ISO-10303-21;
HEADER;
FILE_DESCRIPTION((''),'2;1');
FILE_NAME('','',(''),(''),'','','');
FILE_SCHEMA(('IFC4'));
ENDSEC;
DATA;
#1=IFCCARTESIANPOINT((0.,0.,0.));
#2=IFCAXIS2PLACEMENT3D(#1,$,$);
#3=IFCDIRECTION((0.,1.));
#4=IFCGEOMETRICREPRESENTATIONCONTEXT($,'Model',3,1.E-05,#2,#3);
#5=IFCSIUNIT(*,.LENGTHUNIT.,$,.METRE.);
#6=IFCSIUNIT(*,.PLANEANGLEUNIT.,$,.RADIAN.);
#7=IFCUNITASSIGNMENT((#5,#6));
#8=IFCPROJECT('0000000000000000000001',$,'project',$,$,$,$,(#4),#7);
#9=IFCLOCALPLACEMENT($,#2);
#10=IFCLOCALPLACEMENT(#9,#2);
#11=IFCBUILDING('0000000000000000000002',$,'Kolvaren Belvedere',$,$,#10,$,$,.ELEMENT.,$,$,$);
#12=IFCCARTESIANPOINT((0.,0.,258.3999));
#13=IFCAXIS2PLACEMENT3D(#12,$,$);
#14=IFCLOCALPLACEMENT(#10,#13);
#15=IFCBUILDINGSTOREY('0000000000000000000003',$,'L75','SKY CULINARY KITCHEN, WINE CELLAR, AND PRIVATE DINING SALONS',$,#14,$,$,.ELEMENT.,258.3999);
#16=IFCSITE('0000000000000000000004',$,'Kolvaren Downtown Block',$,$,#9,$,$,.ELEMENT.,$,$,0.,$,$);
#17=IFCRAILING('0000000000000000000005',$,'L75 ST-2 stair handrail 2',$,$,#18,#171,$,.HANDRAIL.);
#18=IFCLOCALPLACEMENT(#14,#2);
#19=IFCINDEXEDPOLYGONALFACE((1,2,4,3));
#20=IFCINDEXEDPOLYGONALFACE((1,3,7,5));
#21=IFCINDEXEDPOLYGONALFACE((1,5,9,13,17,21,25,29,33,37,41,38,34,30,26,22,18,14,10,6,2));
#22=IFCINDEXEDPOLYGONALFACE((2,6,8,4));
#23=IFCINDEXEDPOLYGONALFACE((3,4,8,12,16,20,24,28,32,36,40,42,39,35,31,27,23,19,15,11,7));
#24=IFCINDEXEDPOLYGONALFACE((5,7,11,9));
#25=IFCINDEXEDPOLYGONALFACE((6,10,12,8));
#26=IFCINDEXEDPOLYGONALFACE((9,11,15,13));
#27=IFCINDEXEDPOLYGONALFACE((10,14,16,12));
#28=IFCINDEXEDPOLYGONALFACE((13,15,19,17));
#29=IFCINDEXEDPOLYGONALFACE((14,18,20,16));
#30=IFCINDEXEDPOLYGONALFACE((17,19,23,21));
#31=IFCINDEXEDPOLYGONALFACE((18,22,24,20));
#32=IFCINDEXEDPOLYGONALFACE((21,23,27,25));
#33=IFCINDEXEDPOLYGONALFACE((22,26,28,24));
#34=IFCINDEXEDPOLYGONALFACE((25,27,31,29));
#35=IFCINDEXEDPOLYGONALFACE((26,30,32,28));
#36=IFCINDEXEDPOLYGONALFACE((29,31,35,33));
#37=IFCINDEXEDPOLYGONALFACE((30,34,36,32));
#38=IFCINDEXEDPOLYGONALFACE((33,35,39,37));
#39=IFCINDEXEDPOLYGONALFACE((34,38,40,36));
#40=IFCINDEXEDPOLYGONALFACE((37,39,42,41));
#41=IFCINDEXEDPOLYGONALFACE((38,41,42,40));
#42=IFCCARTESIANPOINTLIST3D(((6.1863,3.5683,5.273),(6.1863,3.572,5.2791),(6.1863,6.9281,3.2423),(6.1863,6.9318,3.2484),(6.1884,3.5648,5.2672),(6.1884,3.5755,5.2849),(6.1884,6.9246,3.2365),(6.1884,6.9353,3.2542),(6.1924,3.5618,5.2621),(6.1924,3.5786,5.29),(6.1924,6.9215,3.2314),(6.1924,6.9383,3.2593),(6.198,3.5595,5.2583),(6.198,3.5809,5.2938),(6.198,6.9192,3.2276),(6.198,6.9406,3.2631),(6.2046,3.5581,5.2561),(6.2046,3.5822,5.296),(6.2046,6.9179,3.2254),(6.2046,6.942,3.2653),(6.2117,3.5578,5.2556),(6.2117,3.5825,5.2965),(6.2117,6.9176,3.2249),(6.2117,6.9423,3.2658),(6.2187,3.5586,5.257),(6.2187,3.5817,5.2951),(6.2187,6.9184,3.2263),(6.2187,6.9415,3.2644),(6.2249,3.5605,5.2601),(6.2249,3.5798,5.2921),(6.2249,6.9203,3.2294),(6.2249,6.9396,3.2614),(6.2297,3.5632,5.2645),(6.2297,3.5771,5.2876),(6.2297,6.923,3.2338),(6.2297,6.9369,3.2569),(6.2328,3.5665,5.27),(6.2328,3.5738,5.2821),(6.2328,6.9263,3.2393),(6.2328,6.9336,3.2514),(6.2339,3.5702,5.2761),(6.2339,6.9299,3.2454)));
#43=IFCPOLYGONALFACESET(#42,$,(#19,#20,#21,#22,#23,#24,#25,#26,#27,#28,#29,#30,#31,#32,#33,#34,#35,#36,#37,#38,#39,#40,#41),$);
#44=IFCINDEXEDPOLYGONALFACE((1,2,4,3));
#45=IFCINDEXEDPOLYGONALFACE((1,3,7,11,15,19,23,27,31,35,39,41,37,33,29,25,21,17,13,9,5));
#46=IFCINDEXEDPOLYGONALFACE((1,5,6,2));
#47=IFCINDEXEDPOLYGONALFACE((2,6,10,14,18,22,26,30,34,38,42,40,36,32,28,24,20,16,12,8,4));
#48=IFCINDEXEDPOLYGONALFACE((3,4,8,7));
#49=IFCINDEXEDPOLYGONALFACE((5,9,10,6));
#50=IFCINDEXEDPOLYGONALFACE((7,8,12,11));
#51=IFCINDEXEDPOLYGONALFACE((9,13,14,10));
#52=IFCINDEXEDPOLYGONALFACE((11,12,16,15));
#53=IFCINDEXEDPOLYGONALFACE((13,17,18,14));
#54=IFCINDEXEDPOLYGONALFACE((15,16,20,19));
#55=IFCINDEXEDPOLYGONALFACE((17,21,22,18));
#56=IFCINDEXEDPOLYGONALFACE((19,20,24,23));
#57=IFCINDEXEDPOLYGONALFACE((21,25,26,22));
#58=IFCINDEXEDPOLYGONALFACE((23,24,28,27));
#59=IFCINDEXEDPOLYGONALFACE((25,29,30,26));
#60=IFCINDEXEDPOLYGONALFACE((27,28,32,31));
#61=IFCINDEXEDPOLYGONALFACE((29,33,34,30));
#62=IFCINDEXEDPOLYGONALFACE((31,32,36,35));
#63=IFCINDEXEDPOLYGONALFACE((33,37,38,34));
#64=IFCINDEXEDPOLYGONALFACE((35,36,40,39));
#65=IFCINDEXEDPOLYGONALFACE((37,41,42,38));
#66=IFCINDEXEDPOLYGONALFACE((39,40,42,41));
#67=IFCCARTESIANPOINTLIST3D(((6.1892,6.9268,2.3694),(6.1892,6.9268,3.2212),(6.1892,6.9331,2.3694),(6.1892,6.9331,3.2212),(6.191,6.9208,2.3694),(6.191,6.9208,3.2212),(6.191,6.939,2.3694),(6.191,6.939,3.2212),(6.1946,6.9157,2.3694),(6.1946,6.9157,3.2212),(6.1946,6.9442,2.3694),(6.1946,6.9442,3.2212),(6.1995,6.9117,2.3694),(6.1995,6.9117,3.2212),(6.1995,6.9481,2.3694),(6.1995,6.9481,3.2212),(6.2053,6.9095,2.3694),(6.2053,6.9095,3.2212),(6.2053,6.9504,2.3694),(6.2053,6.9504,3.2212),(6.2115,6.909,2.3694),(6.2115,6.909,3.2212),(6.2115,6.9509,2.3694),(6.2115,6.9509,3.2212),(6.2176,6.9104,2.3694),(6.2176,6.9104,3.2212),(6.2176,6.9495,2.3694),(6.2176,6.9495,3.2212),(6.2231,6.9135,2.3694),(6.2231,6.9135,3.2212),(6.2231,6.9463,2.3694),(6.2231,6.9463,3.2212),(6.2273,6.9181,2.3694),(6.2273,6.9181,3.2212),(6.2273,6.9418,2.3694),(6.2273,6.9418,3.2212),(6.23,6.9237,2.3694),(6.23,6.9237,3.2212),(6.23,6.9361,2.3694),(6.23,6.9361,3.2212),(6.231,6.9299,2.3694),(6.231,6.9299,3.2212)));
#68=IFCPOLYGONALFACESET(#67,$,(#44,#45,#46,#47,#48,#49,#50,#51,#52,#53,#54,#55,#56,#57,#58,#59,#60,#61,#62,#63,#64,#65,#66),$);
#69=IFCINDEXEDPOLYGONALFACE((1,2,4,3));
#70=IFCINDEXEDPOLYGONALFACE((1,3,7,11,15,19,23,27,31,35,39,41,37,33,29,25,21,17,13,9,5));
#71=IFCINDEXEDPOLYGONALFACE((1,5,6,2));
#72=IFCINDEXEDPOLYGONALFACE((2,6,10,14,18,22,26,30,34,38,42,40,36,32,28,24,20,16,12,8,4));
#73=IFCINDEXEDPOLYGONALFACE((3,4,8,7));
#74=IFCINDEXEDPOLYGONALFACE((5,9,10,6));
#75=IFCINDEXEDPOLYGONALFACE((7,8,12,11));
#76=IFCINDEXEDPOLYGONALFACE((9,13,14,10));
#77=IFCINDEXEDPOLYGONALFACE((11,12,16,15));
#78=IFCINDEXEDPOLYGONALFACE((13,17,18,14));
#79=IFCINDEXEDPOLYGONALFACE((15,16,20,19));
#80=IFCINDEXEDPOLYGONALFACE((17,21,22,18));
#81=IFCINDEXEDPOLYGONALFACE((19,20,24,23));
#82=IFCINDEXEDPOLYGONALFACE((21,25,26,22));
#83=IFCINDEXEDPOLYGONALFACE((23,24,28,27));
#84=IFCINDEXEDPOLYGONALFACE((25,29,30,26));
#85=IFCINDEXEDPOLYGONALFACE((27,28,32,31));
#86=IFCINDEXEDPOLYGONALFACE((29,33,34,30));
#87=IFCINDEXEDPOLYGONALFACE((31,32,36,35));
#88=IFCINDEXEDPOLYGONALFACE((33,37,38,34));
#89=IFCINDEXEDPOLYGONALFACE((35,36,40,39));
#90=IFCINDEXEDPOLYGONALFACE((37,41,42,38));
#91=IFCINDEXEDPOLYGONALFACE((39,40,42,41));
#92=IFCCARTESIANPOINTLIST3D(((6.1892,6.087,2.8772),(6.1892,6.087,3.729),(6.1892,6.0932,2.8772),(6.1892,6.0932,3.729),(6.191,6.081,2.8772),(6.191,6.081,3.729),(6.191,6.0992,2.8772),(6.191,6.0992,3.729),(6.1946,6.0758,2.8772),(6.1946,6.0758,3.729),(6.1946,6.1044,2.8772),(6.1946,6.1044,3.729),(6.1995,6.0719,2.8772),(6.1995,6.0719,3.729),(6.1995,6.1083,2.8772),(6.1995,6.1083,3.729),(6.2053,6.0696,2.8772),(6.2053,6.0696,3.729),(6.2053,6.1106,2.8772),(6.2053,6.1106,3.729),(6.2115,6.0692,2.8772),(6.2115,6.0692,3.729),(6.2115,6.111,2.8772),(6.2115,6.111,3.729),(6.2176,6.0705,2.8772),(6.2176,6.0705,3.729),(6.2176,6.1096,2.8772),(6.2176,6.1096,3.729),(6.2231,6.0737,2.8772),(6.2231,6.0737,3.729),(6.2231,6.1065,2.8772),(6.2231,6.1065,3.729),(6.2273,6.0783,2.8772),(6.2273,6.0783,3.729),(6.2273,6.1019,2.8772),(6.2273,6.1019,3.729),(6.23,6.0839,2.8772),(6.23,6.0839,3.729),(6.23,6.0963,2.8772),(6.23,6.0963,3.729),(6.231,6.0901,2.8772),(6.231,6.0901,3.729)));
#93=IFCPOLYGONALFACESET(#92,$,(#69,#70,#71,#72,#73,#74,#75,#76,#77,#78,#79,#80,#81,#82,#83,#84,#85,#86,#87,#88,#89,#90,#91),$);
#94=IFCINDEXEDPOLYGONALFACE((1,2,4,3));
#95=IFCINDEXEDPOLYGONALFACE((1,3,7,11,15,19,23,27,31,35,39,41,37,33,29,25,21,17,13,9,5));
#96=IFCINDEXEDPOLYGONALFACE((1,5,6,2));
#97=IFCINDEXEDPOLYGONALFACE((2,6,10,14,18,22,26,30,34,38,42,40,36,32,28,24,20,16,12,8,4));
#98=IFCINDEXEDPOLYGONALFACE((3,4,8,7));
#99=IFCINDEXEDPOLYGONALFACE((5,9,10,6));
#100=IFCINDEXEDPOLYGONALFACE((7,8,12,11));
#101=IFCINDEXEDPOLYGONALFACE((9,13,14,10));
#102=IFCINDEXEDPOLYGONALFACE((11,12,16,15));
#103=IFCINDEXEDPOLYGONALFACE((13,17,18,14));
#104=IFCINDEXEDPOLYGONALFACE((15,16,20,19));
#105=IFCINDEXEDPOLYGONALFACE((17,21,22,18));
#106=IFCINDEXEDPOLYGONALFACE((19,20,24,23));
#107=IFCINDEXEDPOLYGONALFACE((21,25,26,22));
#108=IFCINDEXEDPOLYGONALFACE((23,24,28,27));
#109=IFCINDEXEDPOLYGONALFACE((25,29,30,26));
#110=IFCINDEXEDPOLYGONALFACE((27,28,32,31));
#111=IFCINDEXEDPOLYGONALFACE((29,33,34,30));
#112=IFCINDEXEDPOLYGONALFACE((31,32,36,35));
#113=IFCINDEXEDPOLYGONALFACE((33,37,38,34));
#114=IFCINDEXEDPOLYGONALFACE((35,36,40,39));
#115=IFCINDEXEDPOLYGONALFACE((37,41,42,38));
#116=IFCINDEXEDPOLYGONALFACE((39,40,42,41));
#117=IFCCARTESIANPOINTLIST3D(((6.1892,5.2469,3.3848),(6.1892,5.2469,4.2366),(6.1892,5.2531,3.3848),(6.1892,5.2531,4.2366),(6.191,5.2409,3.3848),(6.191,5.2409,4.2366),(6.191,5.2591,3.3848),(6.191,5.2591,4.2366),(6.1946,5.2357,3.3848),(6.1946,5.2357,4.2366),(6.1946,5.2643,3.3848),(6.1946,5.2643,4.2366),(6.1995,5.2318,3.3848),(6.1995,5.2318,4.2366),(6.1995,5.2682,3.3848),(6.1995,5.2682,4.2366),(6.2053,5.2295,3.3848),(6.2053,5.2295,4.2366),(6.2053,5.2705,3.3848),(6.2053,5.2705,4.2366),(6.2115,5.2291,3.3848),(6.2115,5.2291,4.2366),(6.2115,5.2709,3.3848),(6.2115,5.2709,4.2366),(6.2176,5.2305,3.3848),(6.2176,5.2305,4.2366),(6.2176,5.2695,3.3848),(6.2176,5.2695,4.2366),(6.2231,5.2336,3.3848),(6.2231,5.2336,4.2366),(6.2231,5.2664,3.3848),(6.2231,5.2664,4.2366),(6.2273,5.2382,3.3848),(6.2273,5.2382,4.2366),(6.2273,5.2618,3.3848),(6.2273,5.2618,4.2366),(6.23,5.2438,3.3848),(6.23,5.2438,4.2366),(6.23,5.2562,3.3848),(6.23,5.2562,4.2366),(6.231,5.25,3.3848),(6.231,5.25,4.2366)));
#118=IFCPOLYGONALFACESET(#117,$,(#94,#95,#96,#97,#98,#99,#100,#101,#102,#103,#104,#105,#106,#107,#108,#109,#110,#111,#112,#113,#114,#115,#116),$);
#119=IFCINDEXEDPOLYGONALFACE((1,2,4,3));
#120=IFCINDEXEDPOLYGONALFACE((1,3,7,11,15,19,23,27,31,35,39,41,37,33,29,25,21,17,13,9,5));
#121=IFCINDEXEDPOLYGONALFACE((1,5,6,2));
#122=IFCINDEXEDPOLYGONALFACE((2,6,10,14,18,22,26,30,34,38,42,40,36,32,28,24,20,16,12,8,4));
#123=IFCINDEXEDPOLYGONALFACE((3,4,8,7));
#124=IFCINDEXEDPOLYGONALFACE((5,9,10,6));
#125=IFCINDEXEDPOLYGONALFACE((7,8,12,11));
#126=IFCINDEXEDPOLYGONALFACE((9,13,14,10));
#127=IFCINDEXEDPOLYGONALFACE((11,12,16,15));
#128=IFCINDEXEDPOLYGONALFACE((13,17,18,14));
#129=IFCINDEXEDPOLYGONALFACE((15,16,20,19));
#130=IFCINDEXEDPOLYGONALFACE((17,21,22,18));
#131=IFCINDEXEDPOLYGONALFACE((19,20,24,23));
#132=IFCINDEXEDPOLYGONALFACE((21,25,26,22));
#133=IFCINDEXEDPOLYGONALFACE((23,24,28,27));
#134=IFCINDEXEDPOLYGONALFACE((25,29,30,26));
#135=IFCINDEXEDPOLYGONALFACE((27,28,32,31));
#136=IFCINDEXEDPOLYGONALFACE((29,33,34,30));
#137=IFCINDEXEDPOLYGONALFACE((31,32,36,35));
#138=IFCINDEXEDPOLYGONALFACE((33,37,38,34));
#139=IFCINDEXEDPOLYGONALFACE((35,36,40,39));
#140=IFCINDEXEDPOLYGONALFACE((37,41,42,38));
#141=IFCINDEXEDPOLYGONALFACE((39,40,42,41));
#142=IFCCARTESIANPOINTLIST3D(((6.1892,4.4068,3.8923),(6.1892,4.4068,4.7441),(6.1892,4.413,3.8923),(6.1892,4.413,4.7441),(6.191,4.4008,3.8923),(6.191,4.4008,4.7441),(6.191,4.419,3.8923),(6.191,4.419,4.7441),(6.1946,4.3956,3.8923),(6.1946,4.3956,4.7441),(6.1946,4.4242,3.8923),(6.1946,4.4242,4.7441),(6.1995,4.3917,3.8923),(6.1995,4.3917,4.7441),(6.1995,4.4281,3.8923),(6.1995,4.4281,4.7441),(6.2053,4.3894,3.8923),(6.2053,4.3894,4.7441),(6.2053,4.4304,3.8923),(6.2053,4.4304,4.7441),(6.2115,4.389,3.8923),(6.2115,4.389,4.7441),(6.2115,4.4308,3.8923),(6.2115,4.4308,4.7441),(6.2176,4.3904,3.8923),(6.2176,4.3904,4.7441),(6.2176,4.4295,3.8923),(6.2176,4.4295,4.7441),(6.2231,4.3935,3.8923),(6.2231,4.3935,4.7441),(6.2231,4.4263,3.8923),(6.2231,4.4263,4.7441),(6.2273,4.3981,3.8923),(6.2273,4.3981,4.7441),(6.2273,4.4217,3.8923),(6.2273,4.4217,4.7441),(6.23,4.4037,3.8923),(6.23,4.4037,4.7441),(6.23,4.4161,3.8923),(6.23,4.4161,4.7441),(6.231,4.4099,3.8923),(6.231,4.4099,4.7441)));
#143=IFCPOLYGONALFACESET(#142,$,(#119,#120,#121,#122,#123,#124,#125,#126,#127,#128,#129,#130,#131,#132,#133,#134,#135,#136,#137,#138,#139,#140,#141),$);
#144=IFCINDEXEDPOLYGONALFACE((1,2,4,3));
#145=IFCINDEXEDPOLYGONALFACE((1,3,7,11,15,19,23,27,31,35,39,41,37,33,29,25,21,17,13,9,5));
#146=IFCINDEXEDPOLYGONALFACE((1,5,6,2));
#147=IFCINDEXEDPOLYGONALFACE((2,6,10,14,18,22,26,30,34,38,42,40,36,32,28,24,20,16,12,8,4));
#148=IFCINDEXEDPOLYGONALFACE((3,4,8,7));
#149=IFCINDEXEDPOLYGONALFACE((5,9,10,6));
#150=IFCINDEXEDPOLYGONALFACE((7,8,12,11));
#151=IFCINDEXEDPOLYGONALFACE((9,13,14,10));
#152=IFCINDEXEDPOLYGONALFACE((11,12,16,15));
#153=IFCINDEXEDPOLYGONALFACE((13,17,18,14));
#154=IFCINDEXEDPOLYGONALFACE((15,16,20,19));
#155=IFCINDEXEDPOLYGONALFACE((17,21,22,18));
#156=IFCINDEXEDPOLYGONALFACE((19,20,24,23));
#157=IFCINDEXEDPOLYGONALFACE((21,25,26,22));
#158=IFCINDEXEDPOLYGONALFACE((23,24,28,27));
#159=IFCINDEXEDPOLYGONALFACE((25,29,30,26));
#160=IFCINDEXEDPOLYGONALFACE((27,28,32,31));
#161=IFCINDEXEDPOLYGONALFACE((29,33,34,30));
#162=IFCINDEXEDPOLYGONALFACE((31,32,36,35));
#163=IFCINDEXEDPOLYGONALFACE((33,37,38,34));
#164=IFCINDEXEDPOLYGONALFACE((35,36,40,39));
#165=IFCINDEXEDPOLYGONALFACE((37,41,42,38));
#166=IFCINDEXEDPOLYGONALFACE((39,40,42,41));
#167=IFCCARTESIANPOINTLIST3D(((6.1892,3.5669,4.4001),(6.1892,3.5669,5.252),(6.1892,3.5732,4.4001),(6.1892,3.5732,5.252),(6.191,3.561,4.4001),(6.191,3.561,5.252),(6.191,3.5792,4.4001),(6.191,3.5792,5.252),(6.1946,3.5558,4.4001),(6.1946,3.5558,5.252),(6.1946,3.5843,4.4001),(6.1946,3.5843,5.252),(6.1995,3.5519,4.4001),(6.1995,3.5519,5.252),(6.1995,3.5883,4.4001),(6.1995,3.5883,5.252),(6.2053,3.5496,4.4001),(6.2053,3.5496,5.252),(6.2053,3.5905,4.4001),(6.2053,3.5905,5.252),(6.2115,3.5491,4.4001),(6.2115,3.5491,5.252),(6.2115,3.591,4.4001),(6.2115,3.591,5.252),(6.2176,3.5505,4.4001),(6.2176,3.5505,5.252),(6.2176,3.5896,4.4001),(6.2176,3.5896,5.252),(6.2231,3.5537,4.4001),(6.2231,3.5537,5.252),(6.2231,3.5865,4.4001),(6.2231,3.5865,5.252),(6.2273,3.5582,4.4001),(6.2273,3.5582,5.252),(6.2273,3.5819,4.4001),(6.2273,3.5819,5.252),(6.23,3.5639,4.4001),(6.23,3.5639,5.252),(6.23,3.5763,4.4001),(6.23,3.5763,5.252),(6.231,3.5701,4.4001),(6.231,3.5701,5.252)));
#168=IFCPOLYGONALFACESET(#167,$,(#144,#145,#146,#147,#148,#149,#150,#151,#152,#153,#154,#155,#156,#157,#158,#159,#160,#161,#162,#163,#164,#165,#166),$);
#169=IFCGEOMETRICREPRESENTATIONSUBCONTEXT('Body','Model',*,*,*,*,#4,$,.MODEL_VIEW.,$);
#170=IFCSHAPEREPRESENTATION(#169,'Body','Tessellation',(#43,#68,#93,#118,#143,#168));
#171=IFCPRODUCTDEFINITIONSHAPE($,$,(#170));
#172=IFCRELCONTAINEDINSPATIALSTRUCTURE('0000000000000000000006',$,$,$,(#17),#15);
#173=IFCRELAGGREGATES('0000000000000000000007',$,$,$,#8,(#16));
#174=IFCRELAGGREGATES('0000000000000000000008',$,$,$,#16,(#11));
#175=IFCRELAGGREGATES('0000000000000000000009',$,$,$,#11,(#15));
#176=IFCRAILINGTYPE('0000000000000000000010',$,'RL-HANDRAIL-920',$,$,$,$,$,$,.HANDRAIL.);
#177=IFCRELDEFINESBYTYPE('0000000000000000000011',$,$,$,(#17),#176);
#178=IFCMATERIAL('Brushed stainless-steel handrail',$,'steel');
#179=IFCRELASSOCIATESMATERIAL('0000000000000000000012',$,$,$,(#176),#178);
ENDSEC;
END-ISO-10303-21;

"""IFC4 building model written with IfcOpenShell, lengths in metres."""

from ifc_helpers import new_model, si_unit, direction, frame, origin, origin_2d, place, context, subcontext, project, spatial, circle, extrude, material, type_object, element, save


model = new_model("IFC4")

# Units and contexts
model_context = context("Model", 3, precision=1e-05, world=origin(), true_north=direction((0.0, 1.0)))
body_context = subcontext(model_context, "Body", "Model", "MODEL_VIEW")
ifc_project = project(units=[si_unit("LENGTHUNIT", "METRE"), si_unit("PLANEANGLEUNIT", "RADIAN")], contexts=[model_context])

# Site, building, storey
site_placement = place(None, origin())
site = spatial("IfcSite", under=ifc_project, at=site_placement, Name="Kolvaren Downtown Block", CompositionType="ELEMENT", RefElevation=0.0)
building_placement = place(site_placement, origin())
building = spatial("IfcBuilding", under=site, at=building_placement, Name="Kolvaren Belvedere", CompositionType="ELEMENT")
storey_placement = place(building_placement, frame((0.0, 0.0, 258.3999)))
storey = spatial("IfcBuildingStorey", under=building, at=storey_placement, Name="L75", Description="SKY CULINARY KITCHEN, WINE CELLAR, AND PRIVATE DINING SALONS", CompositionType="ELEMENT", Elevation=258.3999)

# Railing
ifc_material_1 = material(Name="Brushed stainless-steel handrail", Category="steel")
railing_type_1 = type_object("IfcRailingType", Name="RL-HANDRAIL-920", PredefinedType="HANDRAIL", material=ifc_material_1)
railing_1_placement = place(storey_placement, frame((6.21, 6.9299, 2.3694)))
element("IfcRailing", 1, at=railing_1_placement, inside=storey, type_object=railing_type_1, Name="L75 ST-2 stair handrail 2", PredefinedType="HANDRAIL", context=body_context, shape_type="SweptSolid", body=[
    extrude(circle(Radius=0.0239, at=origin_2d()), frame((0.0, 0.0, 0.876), z_axis=(0.0, -0.85582, 0.517273), x_axis=(1.0, 0.0, 0.0)), (0.0, 0.0, 1.0), 3.9258),
    extrude(circle(Radius=0.021, at=origin_2d()), origin(), (0.0, 0.0, 1.0), 0.8518),
    extrude(circle(Radius=0.021, at=origin_2d()), frame((0.0, -0.8398, 0.5078)), (0.0, 0.0, 1.0), 0.8518),
    extrude(circle(Radius=0.021, at=origin_2d()), frame((0.0, -1.6799, 1.0154)), (0.0, 0.0, 1.0), 0.8518),
    extrude(circle(Radius=0.021, at=origin_2d()), frame((0.0, -2.52, 1.5229)), (0.0, 0.0, 1.0), 0.8518),
    extrude(circle(Radius=0.021, at=origin_2d()), frame((0.0, -3.3599, 2.0308)), (0.0, 0.0, 1.0), 0.8518),
])

save(model, "model.ifc")
